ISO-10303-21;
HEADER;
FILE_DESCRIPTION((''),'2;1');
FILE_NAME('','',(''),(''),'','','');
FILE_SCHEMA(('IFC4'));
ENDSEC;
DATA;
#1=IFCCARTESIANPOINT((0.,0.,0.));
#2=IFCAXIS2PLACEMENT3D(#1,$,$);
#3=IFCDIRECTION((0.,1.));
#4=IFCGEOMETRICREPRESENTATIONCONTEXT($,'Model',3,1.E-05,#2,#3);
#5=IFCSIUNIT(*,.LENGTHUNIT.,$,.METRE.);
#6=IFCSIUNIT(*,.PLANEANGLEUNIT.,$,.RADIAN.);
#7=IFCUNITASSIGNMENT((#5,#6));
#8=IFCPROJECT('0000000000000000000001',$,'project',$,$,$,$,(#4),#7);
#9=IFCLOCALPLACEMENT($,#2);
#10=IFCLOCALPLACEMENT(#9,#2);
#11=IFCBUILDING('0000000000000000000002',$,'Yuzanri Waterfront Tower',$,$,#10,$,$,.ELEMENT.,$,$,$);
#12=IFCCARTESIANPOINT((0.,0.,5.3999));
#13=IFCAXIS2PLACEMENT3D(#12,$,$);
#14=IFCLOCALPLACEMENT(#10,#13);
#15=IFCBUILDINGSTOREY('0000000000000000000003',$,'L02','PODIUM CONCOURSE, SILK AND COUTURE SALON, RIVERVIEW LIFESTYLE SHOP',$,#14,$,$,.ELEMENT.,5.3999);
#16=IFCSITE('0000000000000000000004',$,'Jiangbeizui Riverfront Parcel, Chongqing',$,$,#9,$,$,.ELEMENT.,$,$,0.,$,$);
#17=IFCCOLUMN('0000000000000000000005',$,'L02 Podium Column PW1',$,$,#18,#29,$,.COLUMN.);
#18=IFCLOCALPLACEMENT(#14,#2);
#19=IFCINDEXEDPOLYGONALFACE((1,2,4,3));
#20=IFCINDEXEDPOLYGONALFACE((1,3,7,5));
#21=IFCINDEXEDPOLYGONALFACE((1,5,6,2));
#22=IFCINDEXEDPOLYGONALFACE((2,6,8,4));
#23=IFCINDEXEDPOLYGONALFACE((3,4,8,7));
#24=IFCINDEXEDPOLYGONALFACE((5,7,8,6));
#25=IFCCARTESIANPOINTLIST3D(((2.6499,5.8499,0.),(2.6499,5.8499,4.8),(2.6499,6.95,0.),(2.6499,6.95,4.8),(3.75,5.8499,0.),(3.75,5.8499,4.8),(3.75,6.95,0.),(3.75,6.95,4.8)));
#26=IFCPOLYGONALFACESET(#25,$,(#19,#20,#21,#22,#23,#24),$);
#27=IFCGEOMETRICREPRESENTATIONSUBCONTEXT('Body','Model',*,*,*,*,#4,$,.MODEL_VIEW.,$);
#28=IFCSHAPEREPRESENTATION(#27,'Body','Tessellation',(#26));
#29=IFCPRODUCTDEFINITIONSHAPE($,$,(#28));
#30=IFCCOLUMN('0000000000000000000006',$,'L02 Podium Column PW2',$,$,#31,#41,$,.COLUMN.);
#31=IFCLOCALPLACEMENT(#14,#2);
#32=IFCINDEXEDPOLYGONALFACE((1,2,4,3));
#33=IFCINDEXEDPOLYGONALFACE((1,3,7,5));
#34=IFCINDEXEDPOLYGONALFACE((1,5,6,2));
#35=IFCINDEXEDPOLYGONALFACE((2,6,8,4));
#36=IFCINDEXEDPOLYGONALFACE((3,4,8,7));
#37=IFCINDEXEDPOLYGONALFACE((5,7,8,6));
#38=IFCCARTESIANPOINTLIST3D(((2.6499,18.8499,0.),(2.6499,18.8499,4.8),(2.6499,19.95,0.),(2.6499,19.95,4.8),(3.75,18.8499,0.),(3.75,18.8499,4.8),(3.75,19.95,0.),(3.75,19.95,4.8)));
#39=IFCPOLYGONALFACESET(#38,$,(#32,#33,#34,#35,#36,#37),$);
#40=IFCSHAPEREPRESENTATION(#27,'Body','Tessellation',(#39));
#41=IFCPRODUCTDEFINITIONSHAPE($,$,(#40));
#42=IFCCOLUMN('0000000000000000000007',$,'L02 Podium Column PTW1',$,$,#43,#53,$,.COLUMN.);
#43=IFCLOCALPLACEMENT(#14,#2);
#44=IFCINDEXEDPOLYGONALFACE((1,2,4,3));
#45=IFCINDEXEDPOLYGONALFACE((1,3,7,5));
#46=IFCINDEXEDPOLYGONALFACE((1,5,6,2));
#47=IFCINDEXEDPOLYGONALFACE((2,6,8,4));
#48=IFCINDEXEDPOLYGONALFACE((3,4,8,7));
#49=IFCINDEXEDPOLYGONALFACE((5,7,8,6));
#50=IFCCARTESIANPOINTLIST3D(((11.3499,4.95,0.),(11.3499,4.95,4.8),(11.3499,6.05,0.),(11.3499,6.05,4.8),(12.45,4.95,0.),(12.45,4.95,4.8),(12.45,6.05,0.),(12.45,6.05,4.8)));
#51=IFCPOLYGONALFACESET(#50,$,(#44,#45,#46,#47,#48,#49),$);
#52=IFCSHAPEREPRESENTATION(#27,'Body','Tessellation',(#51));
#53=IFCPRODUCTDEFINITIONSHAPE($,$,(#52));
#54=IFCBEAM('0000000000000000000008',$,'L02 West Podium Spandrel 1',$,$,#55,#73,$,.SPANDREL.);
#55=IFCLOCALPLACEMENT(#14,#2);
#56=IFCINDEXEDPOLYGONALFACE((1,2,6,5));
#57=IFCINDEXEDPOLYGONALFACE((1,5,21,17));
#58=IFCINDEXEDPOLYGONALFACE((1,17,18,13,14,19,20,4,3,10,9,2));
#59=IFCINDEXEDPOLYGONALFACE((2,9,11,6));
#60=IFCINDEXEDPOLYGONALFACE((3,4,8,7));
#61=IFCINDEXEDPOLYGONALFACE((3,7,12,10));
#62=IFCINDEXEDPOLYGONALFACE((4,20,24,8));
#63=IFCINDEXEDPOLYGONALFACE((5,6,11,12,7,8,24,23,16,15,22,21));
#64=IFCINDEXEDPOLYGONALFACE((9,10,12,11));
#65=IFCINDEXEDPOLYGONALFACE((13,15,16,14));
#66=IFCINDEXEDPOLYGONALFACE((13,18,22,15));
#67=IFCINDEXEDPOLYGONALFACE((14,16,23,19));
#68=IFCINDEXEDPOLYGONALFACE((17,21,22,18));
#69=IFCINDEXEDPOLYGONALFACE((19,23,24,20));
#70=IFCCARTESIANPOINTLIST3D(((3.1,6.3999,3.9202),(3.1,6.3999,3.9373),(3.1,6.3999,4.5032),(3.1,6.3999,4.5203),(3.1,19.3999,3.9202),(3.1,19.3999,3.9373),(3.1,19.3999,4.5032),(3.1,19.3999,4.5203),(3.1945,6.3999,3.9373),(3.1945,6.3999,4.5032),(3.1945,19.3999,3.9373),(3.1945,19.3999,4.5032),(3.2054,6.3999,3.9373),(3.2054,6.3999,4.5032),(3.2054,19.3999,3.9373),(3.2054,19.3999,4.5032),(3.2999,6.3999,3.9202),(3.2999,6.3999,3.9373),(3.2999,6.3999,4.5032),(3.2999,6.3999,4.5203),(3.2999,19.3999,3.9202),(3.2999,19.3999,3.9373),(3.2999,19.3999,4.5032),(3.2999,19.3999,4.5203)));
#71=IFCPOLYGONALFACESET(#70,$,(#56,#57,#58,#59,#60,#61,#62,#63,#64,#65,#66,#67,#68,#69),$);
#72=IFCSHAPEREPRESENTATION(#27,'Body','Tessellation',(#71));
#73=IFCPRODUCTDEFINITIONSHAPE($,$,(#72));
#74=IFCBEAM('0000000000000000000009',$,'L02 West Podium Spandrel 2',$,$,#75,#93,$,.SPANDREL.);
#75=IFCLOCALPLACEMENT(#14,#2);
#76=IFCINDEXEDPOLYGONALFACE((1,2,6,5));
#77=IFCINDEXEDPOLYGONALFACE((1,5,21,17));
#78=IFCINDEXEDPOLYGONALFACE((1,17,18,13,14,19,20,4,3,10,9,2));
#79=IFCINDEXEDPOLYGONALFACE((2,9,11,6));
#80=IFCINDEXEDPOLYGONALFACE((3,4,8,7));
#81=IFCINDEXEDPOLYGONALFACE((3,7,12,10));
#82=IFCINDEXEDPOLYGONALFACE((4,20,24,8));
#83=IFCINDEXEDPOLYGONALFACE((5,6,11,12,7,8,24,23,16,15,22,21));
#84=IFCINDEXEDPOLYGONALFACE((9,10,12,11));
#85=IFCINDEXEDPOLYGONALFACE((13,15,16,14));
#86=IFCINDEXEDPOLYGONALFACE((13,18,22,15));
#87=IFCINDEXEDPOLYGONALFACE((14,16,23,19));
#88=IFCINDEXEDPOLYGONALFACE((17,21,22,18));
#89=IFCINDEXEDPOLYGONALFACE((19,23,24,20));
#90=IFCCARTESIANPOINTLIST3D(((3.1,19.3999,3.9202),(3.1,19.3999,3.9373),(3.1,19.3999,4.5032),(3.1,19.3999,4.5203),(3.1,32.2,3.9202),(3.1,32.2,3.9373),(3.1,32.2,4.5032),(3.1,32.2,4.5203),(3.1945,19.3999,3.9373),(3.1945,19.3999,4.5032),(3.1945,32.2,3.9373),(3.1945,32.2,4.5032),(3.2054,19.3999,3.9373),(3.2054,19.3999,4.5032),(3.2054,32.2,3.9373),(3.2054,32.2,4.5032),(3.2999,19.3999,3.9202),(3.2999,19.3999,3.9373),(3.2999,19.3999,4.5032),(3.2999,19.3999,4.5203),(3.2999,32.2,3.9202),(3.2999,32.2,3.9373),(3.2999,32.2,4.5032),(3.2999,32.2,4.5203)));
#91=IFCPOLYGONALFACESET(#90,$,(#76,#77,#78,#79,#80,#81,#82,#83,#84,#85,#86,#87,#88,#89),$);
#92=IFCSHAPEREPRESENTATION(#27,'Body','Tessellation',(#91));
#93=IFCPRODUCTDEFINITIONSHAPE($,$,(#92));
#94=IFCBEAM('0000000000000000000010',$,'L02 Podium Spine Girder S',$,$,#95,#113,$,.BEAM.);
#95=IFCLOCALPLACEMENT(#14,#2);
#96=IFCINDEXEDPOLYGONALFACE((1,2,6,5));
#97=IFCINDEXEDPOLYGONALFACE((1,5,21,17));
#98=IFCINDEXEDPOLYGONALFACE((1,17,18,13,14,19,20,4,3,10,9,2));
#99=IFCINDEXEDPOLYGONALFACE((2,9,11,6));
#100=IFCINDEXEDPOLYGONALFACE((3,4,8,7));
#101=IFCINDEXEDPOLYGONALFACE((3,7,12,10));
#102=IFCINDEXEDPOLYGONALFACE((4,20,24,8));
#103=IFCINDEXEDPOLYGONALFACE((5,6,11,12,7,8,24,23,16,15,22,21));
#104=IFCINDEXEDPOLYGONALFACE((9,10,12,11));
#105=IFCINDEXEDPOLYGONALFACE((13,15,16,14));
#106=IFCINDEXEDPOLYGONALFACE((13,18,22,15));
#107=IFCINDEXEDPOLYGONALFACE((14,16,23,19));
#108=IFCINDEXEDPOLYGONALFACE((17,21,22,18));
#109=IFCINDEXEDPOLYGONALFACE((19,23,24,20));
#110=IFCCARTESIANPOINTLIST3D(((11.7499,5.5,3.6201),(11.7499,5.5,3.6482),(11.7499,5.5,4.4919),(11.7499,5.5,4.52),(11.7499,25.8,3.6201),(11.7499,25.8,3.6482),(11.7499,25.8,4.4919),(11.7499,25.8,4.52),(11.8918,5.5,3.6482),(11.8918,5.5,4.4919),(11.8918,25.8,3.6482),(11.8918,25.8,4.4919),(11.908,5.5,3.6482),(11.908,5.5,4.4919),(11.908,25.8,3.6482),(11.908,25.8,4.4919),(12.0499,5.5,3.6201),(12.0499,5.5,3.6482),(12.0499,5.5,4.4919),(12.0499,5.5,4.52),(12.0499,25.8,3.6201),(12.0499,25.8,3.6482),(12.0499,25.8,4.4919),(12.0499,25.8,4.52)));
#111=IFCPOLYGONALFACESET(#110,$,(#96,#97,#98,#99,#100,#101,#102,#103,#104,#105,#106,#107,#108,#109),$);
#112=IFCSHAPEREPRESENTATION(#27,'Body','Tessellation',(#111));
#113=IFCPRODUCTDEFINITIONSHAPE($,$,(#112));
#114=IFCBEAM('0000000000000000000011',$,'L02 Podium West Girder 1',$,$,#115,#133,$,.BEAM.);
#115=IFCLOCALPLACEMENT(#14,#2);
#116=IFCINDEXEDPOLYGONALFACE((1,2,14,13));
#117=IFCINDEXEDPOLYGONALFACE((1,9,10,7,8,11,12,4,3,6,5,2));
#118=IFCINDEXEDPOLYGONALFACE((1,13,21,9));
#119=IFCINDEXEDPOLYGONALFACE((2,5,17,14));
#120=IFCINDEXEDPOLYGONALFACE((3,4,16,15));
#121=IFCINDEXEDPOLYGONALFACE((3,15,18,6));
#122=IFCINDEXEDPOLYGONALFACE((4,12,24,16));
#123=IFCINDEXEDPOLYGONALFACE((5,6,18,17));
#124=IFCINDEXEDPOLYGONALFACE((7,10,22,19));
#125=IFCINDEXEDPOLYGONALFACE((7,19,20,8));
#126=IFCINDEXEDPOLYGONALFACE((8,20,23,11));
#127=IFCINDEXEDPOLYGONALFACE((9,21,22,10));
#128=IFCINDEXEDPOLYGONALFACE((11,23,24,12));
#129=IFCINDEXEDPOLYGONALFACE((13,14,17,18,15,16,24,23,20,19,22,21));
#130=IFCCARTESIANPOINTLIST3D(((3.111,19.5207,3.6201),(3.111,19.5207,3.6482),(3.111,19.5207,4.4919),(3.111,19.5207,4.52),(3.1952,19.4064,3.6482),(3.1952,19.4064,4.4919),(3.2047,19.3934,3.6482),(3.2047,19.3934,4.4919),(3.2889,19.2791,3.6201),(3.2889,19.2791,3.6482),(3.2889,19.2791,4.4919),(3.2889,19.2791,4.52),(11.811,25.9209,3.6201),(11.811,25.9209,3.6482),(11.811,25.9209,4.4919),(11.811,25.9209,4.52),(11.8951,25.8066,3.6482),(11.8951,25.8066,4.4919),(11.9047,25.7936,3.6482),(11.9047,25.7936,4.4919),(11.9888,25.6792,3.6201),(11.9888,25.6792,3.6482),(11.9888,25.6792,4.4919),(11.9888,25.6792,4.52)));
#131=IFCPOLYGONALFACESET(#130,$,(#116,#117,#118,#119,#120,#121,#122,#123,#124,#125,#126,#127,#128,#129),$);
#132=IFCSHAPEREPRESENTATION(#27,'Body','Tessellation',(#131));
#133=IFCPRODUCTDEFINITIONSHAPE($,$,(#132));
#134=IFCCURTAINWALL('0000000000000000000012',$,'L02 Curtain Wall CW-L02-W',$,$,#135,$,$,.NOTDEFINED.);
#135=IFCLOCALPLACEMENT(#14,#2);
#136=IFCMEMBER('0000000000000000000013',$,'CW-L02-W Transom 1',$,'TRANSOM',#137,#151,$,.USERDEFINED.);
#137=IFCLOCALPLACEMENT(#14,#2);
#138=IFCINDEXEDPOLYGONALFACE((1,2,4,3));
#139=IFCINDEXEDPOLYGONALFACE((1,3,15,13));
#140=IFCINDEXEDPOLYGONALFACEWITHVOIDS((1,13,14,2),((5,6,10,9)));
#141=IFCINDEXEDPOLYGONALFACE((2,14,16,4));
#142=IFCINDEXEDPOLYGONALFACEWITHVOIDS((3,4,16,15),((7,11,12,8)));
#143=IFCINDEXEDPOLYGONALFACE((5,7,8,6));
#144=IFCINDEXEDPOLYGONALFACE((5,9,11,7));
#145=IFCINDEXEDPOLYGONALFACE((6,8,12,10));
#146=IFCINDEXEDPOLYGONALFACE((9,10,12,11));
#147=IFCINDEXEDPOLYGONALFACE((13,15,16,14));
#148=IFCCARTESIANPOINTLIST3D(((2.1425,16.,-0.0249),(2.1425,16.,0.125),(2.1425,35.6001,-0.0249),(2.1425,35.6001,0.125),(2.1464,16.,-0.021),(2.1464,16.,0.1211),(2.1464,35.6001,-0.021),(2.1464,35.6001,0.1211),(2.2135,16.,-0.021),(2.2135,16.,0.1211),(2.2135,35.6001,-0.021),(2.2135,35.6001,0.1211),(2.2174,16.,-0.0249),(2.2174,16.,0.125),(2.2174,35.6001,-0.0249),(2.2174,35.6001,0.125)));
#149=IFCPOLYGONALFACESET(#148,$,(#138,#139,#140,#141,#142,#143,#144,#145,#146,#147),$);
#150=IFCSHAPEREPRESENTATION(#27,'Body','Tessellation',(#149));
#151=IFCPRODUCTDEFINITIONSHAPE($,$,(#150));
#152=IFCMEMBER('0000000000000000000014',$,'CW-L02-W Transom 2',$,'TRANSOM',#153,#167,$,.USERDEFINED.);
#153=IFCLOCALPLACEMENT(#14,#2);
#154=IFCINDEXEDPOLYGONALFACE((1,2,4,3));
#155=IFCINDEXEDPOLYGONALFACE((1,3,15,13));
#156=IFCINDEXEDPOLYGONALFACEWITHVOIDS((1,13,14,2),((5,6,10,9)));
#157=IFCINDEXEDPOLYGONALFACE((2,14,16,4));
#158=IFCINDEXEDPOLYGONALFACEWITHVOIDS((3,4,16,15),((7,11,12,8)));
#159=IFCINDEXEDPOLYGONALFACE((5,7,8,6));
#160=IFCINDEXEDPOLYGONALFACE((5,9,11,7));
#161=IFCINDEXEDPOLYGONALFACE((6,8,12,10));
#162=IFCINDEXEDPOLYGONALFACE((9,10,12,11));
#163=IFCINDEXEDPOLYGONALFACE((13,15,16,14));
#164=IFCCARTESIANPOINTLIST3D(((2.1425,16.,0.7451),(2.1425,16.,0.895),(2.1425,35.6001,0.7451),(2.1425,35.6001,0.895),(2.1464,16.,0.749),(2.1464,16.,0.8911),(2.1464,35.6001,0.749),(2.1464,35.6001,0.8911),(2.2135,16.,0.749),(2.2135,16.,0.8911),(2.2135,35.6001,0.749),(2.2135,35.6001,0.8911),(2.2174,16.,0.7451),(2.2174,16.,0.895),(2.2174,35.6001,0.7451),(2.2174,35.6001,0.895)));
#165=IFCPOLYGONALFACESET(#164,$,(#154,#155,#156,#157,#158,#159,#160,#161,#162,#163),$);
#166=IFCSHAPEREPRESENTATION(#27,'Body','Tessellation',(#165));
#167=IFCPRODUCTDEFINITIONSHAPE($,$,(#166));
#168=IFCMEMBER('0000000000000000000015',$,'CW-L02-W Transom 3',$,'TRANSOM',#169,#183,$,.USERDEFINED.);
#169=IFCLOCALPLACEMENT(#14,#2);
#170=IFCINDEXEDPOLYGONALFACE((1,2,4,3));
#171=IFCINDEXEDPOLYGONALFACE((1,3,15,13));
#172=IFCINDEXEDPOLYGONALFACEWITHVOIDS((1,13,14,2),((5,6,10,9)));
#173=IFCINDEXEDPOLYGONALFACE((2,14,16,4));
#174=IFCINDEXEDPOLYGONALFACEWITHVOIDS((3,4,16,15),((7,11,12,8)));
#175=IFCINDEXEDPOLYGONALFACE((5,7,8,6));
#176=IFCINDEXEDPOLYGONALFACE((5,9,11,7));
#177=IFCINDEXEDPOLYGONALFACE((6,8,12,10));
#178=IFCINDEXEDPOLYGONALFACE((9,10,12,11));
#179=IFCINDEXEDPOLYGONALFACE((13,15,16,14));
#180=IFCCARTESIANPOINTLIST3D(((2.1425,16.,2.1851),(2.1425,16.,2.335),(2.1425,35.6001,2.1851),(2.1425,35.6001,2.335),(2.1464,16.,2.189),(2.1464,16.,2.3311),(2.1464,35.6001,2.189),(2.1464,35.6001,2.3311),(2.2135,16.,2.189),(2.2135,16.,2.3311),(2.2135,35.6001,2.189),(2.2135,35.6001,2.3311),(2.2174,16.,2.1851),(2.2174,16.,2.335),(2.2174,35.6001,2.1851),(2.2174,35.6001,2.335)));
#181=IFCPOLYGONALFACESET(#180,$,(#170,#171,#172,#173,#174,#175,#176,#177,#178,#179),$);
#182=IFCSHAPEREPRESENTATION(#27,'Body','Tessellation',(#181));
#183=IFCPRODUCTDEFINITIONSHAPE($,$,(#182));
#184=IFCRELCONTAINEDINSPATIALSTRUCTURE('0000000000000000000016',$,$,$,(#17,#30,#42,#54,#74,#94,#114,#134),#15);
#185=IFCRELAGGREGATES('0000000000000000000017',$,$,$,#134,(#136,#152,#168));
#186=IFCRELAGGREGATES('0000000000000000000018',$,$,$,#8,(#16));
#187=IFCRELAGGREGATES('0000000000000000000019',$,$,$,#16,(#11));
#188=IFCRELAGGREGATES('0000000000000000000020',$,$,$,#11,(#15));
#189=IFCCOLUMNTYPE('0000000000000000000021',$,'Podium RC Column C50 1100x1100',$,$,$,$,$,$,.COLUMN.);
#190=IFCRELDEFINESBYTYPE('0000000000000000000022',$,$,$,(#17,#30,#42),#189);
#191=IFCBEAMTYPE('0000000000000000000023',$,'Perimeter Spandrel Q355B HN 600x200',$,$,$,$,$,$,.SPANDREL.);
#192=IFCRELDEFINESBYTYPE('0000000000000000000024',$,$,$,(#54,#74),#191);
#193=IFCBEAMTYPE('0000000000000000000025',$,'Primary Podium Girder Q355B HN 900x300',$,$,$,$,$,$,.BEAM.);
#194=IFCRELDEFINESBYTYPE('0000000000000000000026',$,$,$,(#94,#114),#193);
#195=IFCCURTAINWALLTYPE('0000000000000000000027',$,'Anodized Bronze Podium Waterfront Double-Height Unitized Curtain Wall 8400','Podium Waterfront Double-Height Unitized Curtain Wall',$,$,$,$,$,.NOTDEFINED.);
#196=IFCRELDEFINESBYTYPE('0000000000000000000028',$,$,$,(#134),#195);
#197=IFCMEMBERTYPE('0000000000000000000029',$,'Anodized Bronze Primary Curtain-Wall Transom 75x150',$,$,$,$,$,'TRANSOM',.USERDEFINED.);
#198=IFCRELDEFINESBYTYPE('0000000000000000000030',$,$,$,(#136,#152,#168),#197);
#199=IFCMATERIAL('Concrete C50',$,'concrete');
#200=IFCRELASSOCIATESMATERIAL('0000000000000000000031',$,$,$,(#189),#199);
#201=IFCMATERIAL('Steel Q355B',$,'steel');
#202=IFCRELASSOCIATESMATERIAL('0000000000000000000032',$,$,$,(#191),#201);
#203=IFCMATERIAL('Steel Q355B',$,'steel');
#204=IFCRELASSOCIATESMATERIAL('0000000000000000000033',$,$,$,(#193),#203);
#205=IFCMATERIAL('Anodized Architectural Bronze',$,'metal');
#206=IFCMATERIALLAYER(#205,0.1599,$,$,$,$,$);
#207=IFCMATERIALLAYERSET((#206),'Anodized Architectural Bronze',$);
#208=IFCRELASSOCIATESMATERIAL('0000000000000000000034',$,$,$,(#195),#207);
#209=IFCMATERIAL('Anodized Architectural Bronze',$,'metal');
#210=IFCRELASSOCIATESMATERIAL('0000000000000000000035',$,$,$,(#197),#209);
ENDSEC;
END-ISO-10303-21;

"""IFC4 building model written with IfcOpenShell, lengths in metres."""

from ifc_helpers import new_model, si_unit, direction, frame, origin, origin_2d, place, context, subcontext, project, spatial, rectangle, hollow_rectangle, i_section, extrude, source, transform, mapped, material, layer, layer_set, material_profile, profile_set, type_object, element, aggregate, save


model = new_model("IFC4")

# Units and contexts
model_context = context("Model", 3, precision=1e-05, world=origin(), true_north=direction((0.0, 1.0)))
body_context = subcontext(model_context, "Body", "Model", "MODEL_VIEW")
ifc_project = project(units=[si_unit("LENGTHUNIT", "METRE"), si_unit("PLANEANGLEUNIT", "RADIAN")], contexts=[model_context])

# Site, building, storey
site_placement = place(None, origin())
site = spatial("IfcSite", under=ifc_project, at=site_placement, Name="Jiangbeizui Riverfront Parcel, Chongqing", CompositionType="ELEMENT", RefElevation=0.0)
building_placement = place(site_placement, origin())
building = spatial("IfcBuilding", under=site, at=building_placement, Name="Yuzanri Waterfront Tower", CompositionType="ELEMENT")
storey_placement = place(building_placement, frame((0.0, 0.0, 5.3999)))
storey = spatial("IfcBuildingStorey", under=building, at=storey_placement, Name="L02", Description="PODIUM CONCOURSE, SILK AND COUTURE SALON, RIVERVIEW LIFESTYLE SHOP", CompositionType="ELEMENT", Elevation=5.3999)

# Columns
ifc_material_1 = material(Name="Concrete C50", Category="concrete")
ifc_material_profile_1 = material_profile(ifc_material_1, rectangle(XDim=1.1001, YDim=1.1001, at=origin_2d()), Name="RC 1100x1100")
ifc_profile_set_1 = profile_set([ifc_material_profile_1], Name="Concrete C50")
column_type = type_object("IfcColumnType", Name="Podium RC Column C50 1100x1100", PredefinedType="COLUMN", material=ifc_profile_set_1)
shared_shape_1 = source(origin(), body_context, "Body", "SweptSolid", [
    extrude(rectangle(XDim=1.1001, YDim=1.1001, at=origin_2d()), origin(), (0.0, 0.0, 1.0), 4.8),
])
for number, where, z_axis, x_axis, name in (
    (1, (3.2, 6.3999, 0.0), (0.0, 0.0, 1.0), (1.0, 0.0, 0.0), "L02 Podium Column PW1"),
    (2, (3.2, 19.3999, 0.0), (0.0, 0.0, 1.0), (1.0, 0.0, 0.0), "L02 Podium Column PW2"),
    (3, (11.8999, 5.5, 0.0), (0.0, 0.0, 1.0), (1.0, 0.0, 0.0), "L02 Podium Column PTW1"),
):
    element("IfcColumn", number, at=place(storey_placement, frame(where, z_axis=z_axis, x_axis=x_axis)), inside=storey, type_object=column_type, Name=name, PredefinedType="COLUMN", context=body_context, shape_type="MappedRepresentation", body=[
        mapped(shared_shape_1, transform((0.0, 0.0, 0.0), scale=1.0)),
    ])

# Beams
ifc_material_2 = material(Name="Steel Q355B", Category="steel")
ifc_material_profile_2 = material_profile(ifc_material_2, i_section(OverallWidth=0.2, OverallDepth=0.6001, WebThickness=0.011, FlangeThickness=0.0171, at=origin_2d()), Name="HN 600x200x11x17")
ifc_profile_set_2 = profile_set([ifc_material_profile_2], Name="Steel Q355B")
beam_type_1 = type_object("IfcBeamType", Name="Perimeter Spandrel Q355B HN 600x200", PredefinedType="SPANDREL", material=ifc_profile_set_2)
shared_shape_2 = source(origin(), body_context, "Body", "SweptSolid", [
    extrude(i_section(OverallWidth=0.2, OverallDepth=0.6001, WebThickness=0.011, FlangeThickness=0.0171, at=origin_2d()), origin(), (0.0, 0.0, 1.0), 13.0),
])
beam_1_placement = place(storey_placement, frame((3.2, 6.3999, 4.2202), z_axis=(0.0, 1.0, 0.0), x_axis=(-1.0, 0.0, 0.0)))
element("IfcBeam", 4, at=beam_1_placement, inside=storey, type_object=beam_type_1, Name="L02 West Podium Spandrel 1", PredefinedType="SPANDREL", context=body_context, shape_type="MappedRepresentation", body=[
    mapped(shared_shape_2, transform((0.0, 0.0, 0.0), scale=1.0)),
])
shared_shape_3 = source(origin(), body_context, "Body", "SweptSolid", [
    extrude(i_section(OverallWidth=0.2, OverallDepth=0.6001, WebThickness=0.011, FlangeThickness=0.0171, at=origin_2d()), origin(), (0.0, 0.0, 1.0), 12.8),
])
beam_2_placement = place(storey_placement, frame((3.2, 19.3999, 4.2202), z_axis=(0.0, 1.0, 0.0), x_axis=(-1.0, 0.0, 0.0)))
element("IfcBeam", 5, at=beam_2_placement, inside=storey, type_object=beam_type_1, Name="L02 West Podium Spandrel 2", PredefinedType="SPANDREL", context=body_context, shape_type="MappedRepresentation", body=[
    mapped(shared_shape_3, transform((0.0, 0.0, 0.0), scale=1.0)),
])
ifc_material_3 = material(Name="Steel Q355B", Category="steel")
ifc_material_profile_3 = material_profile(ifc_material_3, i_section(OverallWidth=0.3, OverallDepth=0.8999, WebThickness=0.0161, FlangeThickness=0.0281, at=origin_2d()), Name="HN 900x300x16x28")
ifc_profile_set_3 = profile_set([ifc_material_profile_3], Name="Steel Q355B")
beam_type_2 = type_object("IfcBeamType", Name="Primary Podium Girder Q355B HN 900x300", PredefinedType="BEAM", material=ifc_profile_set_3)
shared_shape_4 = source(origin(), body_context, "Body", "SweptSolid", [
    extrude(i_section(OverallWidth=0.3, OverallDepth=0.8999, WebThickness=0.0161, FlangeThickness=0.0281, at=origin_2d()), origin(), (0.0, 0.0, 1.0), 20.3),
])
beam_3_placement = place(storey_placement, frame((11.8999, 5.5, 4.0701), z_axis=(0.0, 1.0, 0.0), x_axis=(-1.0, 0.0, 0.0)))
element("IfcBeam", 6, at=beam_3_placement, inside=storey, type_object=beam_type_2, Name="L02 Podium Spine Girder S", PredefinedType="BEAM", context=body_context, shape_type="MappedRepresentation", body=[
    mapped(shared_shape_4, transform((0.0, 0.0, 0.0), scale=1.0)),
])
shared_shape_5 = source(origin(), body_context, "Body", "SweptSolid", [
    extrude(i_section(OverallWidth=0.3, OverallDepth=0.8999, WebThickness=0.0161, FlangeThickness=0.0281, at=origin_2d()), origin(), (0.0, 0.0, 1.0), 10.8005),
])
beam_4_placement = place(storey_placement, frame((3.2, 19.3999, 4.0701), z_axis=(0.805513, 0.592578, 0.0), x_axis=(-0.592578, 0.805513, 0.0)))
element("IfcBeam", 7, at=beam_4_placement, inside=storey, type_object=beam_type_2, Name="L02 Podium West Girder 1", PredefinedType="BEAM", context=body_context, shape_type="MappedRepresentation", body=[
    mapped(shared_shape_5, transform((0.0, 0.0, 0.0), scale=1.0)),
])

# Curtain wall, members
ifc_material_4 = material(Name="Anodized Architectural Bronze", Category="metal")
ifc_layer_1 = layer(ifc_material_4, 0.1599)
ifc_layer_set_1 = layer_set([ifc_layer_1], Name="Anodized Architectural Bronze")
curtain_wall_type = type_object("IfcCurtainWallType", Name="Anodized Bronze Podium Waterfront Double-Height Unitized Curtain Wall 8400", Description="Podium Waterfront Double-Height Unitized Curtain Wall", PredefinedType="NOTDEFINED", material=ifc_layer_set_1)
curtain_wall_placement = place(storey_placement, origin())
curtain_wall = element("IfcCurtainWall", 8, at=curtain_wall_placement, inside=storey, type_object=curtain_wall_type, Name="L02 Curtain Wall CW-L02-W", PredefinedType="NOTDEFINED")
ifc_material_5 = material(Name="Anodized Architectural Bronze", Category="metal")
ifc_material_profile_4 = material_profile(ifc_material_5, hollow_rectangle(XDim=0.075, YDim=0.1499, WallThickness=0.0039, at=origin_2d()), Name="CWT 75x150")
ifc_profile_set_4 = profile_set([ifc_material_profile_4], Name="Anodized Architectural Bronze")
member_type_1 = type_object("IfcMemberType", Name="Anodized Bronze Primary Curtain-Wall Transom 75x150", ElementType="TRANSOM", PredefinedType="USERDEFINED", material=ifc_profile_set_4)
shared_shape_6 = source(origin(), body_context, "Body", "SweptSolid", [
    extrude(hollow_rectangle(XDim=0.075, YDim=0.1499, WallThickness=0.0039, at=origin_2d()), origin(), (0.0, 0.0, 1.0), 19.6001),
])
member_1_placement = place(storey_placement, frame((2.1799, 16.0, 0.05), z_axis=(0.0, 1.0, 0.0), x_axis=(-1.0, 0.0, 0.0)))
member_1 = element("IfcMember", 9, at=member_1_placement, type_object=member_type_1, Name="CW-L02-W Transom 1", ObjectType="TRANSOM", PredefinedType="USERDEFINED", context=body_context, shape_type="MappedRepresentation", body=[
    mapped(shared_shape_6, transform((0.0, 0.0, 0.0), scale=1.0)),
])
member_2_placement = place(storey_placement, frame((2.1799, 16.0, 0.8201), z_axis=(0.0, 1.0, 0.0), x_axis=(-1.0, 0.0, 0.0)))
member_2 = element("IfcMember", 10, at=member_2_placement, type_object=member_type_1, Name="CW-L02-W Transom 2", ObjectType="TRANSOM", PredefinedType="USERDEFINED", context=body_context, shape_type="MappedRepresentation", body=[
    mapped(shared_shape_6, transform((0.0, 0.0, 0.0), scale=1.0)),
])
member_3_placement = place(storey_placement, frame((2.1799, 16.0, 2.26), z_axis=(0.0, 1.0, 0.0), x_axis=(-1.0, 0.0, 0.0)))
member_3 = element("IfcMember", 11, at=member_3_placement, type_object=member_type_1, Name="CW-L02-W Transom 3", ObjectType="TRANSOM", PredefinedType="USERDEFINED", context=body_context, shape_type="MappedRepresentation", body=[
    mapped(shared_shape_6, transform((0.0, 0.0, 0.0), scale=1.0)),
])

aggregate(curtain_wall, [member_1, member_2, member_3])

save(model, "model.ifc")
